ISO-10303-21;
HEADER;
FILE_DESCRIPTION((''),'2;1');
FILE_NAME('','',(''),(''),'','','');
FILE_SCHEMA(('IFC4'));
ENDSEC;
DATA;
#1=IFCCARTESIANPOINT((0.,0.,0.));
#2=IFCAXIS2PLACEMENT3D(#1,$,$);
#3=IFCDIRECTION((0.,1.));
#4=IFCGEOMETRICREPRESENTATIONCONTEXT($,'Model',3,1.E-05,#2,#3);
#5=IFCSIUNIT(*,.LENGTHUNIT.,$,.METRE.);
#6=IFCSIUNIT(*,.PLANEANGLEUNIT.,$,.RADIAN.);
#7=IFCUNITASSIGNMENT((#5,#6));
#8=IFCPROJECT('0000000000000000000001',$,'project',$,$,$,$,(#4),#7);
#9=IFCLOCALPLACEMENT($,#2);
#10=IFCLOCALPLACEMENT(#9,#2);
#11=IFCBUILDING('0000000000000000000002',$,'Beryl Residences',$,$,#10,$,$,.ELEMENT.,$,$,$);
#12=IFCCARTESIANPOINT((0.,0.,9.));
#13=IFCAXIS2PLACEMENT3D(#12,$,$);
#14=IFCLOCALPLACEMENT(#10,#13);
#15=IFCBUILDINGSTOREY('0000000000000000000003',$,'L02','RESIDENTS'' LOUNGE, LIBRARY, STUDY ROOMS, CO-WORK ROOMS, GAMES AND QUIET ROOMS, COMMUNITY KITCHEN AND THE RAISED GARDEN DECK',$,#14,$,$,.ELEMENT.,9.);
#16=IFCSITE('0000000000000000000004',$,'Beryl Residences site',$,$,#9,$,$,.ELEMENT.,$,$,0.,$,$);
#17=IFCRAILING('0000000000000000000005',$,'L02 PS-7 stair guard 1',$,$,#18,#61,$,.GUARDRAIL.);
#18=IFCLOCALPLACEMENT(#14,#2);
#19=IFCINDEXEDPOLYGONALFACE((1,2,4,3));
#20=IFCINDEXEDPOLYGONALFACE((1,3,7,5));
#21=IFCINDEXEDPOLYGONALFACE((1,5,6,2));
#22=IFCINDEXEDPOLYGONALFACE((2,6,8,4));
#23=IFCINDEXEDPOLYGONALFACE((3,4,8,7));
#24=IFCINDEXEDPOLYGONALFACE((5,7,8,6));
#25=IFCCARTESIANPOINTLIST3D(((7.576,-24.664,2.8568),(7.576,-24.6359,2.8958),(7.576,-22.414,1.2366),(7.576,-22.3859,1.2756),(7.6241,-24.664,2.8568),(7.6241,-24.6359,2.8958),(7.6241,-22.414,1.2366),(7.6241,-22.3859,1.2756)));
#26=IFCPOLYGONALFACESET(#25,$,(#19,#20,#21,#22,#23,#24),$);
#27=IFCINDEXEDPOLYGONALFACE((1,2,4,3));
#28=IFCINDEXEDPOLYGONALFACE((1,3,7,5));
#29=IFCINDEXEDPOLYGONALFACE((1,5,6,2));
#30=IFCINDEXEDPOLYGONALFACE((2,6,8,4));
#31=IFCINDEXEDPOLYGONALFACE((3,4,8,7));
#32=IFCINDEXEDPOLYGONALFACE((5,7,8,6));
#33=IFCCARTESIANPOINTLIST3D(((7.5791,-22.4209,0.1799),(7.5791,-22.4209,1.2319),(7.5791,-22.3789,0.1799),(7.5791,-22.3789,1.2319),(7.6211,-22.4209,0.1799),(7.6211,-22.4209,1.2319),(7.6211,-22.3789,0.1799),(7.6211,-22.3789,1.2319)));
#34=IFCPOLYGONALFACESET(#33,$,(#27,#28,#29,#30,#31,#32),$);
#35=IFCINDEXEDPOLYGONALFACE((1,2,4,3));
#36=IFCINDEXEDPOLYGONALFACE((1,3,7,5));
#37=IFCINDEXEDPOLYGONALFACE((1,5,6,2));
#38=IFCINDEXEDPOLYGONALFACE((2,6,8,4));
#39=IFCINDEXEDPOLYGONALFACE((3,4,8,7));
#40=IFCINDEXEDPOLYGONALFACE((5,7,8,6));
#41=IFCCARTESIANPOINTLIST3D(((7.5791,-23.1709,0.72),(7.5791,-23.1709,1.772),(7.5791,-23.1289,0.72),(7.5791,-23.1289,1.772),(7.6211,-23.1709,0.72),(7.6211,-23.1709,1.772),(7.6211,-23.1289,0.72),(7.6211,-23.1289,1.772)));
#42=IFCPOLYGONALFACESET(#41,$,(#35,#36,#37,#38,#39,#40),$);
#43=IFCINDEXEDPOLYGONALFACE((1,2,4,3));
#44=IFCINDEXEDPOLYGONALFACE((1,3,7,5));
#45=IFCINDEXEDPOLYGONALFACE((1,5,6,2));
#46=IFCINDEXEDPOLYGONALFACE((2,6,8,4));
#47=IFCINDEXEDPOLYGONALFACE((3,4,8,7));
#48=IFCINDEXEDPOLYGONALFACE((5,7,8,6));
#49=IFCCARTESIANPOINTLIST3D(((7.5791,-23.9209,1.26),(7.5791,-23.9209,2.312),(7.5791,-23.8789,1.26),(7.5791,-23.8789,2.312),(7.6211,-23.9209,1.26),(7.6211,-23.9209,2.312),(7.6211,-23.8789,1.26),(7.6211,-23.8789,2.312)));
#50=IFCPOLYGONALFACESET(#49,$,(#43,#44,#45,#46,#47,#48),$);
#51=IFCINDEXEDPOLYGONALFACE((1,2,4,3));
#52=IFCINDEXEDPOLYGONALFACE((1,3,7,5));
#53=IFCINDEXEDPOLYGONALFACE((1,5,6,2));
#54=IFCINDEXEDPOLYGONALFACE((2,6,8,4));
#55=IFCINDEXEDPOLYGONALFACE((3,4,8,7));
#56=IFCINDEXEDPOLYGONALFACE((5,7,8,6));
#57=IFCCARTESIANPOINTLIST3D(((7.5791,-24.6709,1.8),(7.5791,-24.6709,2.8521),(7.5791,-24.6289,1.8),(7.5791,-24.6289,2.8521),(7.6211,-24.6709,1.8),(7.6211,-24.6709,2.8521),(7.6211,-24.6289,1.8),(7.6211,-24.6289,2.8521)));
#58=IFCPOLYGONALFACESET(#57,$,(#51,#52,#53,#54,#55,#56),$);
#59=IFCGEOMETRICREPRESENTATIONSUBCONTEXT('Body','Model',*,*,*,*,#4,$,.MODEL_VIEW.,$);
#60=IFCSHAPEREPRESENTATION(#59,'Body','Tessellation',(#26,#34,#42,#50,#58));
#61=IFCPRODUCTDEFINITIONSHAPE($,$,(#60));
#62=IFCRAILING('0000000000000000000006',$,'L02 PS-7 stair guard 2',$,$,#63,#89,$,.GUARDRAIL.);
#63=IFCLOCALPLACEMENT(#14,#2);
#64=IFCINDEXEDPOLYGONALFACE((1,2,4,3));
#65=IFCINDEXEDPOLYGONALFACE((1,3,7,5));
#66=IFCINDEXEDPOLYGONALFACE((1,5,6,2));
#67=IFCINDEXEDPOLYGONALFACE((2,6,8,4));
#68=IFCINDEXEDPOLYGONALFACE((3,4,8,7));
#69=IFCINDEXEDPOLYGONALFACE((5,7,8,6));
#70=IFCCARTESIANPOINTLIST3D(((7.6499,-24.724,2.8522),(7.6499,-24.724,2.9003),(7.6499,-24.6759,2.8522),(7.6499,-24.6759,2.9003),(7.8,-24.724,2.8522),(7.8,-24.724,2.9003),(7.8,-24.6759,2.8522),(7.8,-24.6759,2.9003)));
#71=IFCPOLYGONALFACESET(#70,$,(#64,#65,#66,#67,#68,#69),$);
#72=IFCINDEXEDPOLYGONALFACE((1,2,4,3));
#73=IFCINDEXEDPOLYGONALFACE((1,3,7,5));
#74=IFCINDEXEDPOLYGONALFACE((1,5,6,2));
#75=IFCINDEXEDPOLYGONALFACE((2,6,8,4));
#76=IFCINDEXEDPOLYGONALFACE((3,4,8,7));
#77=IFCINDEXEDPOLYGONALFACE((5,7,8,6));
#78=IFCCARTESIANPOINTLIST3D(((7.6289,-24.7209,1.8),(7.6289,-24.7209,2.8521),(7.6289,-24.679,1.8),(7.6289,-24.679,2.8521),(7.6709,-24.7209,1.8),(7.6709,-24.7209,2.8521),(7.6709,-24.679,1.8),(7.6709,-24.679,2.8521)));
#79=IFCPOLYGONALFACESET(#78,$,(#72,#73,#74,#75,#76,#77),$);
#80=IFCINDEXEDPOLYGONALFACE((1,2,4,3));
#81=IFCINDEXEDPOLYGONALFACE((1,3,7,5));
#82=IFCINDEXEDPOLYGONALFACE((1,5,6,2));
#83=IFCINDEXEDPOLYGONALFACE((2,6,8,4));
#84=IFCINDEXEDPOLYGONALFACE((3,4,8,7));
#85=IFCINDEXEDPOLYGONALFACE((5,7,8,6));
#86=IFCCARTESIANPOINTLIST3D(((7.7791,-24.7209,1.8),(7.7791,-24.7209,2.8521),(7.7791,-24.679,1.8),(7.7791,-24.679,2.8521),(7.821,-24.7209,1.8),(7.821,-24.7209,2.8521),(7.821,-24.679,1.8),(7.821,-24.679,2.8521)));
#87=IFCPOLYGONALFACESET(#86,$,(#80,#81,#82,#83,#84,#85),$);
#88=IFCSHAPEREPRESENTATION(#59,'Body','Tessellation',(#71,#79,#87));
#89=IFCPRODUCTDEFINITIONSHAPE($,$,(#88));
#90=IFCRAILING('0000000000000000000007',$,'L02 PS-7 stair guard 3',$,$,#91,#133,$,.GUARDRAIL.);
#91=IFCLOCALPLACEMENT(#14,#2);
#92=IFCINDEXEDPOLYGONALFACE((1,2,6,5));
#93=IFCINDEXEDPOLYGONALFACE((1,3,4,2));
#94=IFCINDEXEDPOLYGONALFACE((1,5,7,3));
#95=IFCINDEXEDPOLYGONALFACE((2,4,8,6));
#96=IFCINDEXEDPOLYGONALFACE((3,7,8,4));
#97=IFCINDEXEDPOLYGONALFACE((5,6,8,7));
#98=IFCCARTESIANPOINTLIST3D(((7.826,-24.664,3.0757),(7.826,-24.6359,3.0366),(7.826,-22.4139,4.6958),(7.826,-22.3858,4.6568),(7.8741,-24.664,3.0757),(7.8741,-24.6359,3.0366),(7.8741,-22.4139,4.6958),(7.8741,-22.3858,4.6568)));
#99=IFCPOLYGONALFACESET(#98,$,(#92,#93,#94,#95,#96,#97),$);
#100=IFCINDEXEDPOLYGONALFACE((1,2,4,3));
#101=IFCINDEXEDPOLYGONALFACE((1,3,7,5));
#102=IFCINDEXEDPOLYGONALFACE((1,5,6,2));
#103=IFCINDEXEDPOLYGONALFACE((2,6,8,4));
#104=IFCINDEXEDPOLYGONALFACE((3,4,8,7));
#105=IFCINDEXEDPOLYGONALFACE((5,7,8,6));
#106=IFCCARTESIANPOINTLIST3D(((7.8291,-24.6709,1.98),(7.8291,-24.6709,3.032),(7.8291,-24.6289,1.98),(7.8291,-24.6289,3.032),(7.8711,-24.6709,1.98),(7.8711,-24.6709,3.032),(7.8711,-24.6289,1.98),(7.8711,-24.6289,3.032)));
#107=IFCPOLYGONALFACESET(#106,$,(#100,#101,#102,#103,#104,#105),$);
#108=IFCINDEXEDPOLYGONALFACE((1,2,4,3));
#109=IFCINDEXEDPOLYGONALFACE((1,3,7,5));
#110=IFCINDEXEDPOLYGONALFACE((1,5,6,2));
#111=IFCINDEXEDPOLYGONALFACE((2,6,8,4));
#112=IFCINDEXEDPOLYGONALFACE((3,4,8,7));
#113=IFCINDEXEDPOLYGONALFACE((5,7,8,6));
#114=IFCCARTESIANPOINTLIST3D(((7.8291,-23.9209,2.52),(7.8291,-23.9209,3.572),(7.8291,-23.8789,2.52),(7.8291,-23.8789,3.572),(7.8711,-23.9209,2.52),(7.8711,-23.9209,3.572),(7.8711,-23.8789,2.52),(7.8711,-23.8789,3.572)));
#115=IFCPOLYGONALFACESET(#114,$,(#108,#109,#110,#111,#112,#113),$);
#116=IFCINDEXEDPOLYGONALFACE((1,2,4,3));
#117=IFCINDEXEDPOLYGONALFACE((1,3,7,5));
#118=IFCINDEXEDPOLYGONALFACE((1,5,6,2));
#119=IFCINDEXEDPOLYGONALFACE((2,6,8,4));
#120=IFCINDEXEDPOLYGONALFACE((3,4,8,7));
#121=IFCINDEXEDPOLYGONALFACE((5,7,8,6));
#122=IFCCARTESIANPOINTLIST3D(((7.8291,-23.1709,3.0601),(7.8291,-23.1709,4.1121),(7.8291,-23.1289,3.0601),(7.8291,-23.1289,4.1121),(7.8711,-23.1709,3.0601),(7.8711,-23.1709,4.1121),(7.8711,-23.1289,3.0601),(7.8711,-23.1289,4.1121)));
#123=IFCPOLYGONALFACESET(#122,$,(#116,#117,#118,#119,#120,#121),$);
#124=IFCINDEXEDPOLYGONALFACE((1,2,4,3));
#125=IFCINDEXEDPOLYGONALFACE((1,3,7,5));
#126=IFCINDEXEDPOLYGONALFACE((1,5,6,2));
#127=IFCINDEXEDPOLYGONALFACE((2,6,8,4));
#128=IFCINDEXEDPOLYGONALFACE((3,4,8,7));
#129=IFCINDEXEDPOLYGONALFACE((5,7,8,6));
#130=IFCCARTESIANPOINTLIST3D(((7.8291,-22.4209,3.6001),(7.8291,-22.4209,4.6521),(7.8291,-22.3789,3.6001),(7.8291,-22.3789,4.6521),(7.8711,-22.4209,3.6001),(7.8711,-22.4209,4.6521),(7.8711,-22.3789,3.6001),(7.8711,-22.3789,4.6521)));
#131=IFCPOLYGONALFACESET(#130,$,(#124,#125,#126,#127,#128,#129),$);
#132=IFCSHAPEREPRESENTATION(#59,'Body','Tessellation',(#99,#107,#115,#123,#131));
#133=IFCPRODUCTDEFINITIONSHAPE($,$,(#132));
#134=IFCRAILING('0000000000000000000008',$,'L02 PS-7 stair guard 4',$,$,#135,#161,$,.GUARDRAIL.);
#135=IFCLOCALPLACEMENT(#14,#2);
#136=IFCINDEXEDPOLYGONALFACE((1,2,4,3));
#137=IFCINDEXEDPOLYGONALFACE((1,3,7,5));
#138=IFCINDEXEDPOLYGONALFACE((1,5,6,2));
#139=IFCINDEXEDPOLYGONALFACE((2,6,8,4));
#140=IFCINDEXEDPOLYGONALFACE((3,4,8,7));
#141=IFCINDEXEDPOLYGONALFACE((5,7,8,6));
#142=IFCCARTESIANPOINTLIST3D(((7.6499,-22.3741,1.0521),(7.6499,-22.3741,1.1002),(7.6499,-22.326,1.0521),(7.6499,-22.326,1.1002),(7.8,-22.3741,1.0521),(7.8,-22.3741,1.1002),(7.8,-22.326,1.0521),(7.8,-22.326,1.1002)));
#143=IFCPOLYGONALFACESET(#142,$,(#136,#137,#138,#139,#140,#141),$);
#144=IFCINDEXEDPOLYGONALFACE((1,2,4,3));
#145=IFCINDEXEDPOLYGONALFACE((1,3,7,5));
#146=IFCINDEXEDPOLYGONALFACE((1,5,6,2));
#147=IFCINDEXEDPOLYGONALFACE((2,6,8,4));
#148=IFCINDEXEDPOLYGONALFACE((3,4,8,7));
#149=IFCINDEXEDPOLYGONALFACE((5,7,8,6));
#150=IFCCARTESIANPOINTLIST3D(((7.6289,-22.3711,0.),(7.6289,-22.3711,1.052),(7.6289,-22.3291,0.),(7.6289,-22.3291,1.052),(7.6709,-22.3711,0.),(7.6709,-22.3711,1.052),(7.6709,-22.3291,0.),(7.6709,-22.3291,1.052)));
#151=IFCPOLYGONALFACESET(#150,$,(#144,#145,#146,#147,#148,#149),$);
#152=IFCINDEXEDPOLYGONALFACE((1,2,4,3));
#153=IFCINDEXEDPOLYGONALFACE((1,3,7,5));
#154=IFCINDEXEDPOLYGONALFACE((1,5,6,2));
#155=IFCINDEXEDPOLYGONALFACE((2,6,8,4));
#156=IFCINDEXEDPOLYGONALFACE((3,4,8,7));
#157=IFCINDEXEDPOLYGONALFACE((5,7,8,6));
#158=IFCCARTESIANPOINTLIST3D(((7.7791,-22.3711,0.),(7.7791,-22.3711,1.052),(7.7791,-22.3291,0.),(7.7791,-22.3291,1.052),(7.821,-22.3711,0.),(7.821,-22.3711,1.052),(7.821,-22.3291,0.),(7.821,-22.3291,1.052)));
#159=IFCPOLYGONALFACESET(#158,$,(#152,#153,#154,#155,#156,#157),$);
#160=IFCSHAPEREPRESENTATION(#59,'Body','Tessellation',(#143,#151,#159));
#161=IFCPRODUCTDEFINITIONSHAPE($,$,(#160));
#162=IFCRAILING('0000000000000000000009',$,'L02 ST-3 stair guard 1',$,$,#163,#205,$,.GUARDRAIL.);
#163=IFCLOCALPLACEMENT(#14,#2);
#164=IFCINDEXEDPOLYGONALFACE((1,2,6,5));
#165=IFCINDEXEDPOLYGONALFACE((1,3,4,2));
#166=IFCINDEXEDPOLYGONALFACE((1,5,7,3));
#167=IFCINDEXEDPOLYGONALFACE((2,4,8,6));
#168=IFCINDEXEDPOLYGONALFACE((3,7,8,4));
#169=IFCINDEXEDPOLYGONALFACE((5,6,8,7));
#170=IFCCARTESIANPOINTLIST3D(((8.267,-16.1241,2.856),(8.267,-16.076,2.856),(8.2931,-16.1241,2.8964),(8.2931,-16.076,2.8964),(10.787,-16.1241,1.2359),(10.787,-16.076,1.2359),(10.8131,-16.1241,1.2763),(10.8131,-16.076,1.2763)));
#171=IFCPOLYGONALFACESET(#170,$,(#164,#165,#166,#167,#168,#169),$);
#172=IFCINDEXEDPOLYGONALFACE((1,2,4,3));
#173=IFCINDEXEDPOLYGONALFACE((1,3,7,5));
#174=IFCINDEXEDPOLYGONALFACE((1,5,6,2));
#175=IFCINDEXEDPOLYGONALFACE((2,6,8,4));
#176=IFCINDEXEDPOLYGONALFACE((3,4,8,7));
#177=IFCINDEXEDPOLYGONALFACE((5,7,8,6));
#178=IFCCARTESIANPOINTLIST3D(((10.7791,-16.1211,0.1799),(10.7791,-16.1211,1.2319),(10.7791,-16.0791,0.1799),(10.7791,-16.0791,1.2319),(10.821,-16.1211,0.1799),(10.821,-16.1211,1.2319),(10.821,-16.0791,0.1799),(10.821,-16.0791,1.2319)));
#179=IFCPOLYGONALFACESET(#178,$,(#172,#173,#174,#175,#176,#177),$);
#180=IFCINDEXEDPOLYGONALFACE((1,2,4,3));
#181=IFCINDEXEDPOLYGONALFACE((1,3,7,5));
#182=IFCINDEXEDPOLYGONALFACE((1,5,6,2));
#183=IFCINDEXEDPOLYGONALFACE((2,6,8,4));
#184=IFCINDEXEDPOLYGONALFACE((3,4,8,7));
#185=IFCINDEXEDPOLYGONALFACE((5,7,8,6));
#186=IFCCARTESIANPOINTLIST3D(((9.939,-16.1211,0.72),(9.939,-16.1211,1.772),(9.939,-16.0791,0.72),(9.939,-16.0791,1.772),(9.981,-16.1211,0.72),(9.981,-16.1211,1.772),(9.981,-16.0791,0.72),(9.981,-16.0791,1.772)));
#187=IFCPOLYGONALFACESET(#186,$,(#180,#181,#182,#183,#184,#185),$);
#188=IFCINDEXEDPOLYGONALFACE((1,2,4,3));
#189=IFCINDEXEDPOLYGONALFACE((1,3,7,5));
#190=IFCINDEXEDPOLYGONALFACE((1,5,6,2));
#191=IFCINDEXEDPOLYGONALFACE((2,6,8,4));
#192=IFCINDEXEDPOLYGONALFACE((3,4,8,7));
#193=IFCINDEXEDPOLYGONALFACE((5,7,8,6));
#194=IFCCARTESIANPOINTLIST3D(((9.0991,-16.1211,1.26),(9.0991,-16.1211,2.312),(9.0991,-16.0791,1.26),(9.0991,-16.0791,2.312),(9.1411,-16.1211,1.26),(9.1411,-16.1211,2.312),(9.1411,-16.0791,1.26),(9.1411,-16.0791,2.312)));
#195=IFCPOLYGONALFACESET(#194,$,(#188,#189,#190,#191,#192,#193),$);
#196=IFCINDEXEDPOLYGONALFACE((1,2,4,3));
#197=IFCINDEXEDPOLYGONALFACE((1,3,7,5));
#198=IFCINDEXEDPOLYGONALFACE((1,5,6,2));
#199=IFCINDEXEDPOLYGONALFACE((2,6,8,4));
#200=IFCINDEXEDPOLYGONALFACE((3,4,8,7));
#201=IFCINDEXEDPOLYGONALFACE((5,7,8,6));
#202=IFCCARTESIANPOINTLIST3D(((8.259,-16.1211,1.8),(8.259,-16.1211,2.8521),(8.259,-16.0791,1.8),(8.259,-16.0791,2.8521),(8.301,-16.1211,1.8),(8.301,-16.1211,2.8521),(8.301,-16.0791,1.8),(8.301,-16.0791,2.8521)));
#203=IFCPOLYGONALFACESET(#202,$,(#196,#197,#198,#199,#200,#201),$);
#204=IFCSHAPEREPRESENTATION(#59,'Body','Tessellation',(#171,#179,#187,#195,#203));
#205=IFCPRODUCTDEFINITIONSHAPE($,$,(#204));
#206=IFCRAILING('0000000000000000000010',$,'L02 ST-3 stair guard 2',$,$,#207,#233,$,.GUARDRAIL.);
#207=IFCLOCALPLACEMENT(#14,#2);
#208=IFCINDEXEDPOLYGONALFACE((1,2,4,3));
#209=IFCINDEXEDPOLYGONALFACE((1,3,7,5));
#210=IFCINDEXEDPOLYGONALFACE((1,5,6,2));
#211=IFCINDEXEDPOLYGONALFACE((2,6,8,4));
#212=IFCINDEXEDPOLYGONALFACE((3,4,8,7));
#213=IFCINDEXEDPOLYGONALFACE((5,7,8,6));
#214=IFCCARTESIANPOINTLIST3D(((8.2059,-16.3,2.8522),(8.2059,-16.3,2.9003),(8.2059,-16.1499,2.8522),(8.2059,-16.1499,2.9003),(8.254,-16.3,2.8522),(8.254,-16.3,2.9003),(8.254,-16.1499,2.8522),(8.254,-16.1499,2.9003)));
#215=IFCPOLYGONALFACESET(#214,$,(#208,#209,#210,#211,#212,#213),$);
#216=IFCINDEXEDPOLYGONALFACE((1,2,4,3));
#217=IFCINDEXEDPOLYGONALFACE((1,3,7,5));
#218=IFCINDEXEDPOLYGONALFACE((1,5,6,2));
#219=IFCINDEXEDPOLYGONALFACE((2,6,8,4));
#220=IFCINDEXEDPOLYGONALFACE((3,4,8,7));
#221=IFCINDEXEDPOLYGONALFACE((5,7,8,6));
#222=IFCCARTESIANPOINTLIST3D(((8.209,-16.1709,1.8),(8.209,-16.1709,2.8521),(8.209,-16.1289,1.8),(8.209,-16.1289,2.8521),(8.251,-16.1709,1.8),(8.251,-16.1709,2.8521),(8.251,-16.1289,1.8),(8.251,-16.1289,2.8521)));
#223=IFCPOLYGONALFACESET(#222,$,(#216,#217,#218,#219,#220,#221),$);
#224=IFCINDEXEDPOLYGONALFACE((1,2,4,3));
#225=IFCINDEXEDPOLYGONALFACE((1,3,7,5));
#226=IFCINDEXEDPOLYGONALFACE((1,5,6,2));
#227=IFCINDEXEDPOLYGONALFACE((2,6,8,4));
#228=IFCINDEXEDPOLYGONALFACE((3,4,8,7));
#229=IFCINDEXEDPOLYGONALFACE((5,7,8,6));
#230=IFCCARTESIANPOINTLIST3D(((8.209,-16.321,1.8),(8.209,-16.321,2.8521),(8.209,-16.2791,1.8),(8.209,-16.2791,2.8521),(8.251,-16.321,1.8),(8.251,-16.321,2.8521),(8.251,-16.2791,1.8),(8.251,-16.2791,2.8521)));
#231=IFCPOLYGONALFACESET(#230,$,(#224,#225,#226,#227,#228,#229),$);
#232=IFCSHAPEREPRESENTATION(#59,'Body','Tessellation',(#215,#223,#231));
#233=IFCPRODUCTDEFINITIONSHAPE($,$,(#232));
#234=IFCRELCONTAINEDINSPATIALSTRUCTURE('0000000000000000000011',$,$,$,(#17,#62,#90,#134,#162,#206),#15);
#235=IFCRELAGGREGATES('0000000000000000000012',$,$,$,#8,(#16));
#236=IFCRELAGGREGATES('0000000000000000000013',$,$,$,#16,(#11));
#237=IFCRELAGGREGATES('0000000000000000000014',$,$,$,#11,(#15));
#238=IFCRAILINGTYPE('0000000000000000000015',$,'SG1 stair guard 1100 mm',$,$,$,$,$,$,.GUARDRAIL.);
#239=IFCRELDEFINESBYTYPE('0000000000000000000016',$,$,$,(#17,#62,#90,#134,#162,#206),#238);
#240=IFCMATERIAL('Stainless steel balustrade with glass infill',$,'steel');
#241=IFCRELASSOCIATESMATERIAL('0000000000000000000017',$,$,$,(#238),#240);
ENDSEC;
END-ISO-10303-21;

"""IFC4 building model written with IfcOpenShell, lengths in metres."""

from ifc_helpers import new_model, si_unit, direction, frame, origin, origin_2d, place, context, subcontext, project, spatial, rectangle, extrude, material, type_object, element, save


model = new_model("IFC4")

# Units and contexts
model_context = context("Model", 3, precision=1e-05, world=origin(), true_north=direction((0.0, 1.0)))
body_context = subcontext(model_context, "Body", "Model", "MODEL_VIEW")
ifc_project = project(units=[si_unit("LENGTHUNIT", "METRE"), si_unit("PLANEANGLEUNIT", "RADIAN")], contexts=[model_context])

# Site, building, storey
site_placement = place(None, origin())
site = spatial("IfcSite", under=ifc_project, at=site_placement, Name="Beryl Residences site", CompositionType="ELEMENT", RefElevation=0.0)
building_placement = place(site_placement, origin())
building = spatial("IfcBuilding", under=site, at=building_placement, Name="Beryl Residences", CompositionType="ELEMENT")
storey_placement = place(building_placement, frame((0.0, 0.0, 9.0)))
storey = spatial("IfcBuildingStorey", under=building, at=storey_placement, Name="L02", Description="RESIDENTS' LOUNGE, LIBRARY, STUDY ROOMS, CO-WORK ROOMS, GAMES AND QUIET ROOMS, COMMUNITY KITCHEN AND THE RAISED GARDEN DECK", CompositionType="ELEMENT", Elevation=9.0)

# Railings
ifc_material_1 = material(Name="Stainless steel balustrade with glass infill", Category="steel")
railing_type_1 = type_object("IfcRailingType", Name="SG1 stair guard 1100 mm", PredefinedType="GUARDRAIL", material=ifc_material_1)
railing_1_placement = place(storey_placement, frame((7.6001, -22.3999, 0.1799)))
element("IfcRailing", 1, at=railing_1_placement, inside=storey, type_object=railing_type_1, Name="L02 PS-7 stair guard 1", PredefinedType="GUARDRAIL", context=body_context, shape_type="SweptSolid", body=[
    extrude(rectangle(XDim=0.0481, YDim=0.0481, at=origin_2d()), frame((0.0, 0.0, 1.0762), z_axis=(0.0, -0.811514, 0.584333), x_axis=(1.0, 0.0, 0.0)), (0.0, 0.0, 1.0), 2.7727),
    extrude(rectangle(XDim=0.042, YDim=0.042, at=origin_2d()), origin(), (0.0, 0.0, 1.0), 1.052),
    extrude(rectangle(XDim=0.042, YDim=0.042, at=origin_2d()), frame((0.0, -0.75, 0.54)), (0.0, 0.0, 1.0), 1.052),
    extrude(rectangle(XDim=0.042, YDim=0.042, at=origin_2d()), frame((0.0, -1.5, 1.0801)), (0.0, 0.0, 1.0), 1.052),
    extrude(rectangle(XDim=0.042, YDim=0.042, at=origin_2d()), frame((0.0, -2.25, 1.6201)), (0.0, 0.0, 1.0), 1.052),
])
railing_2_placement = place(storey_placement, frame((7.6499, -24.7, 1.8)))
element("IfcRailing", 2, at=railing_2_placement, inside=storey, type_object=railing_type_1, Name="L02 PS-7 stair guard 2", PredefinedType="GUARDRAIL", context=body_context, shape_type="SweptSolid", body=[
    extrude(rectangle(XDim=0.0481, YDim=0.0481, at=origin_2d()), frame((0.0, 0.0, 1.0762), z_axis=(1.0, 0.0, 0.0), x_axis=(0.0, 1.0, 0.0)), (0.0, 0.0, 1.0), 0.1501),
    extrude(rectangle(XDim=0.042, YDim=0.042, at=origin_2d()), origin(), (0.0, 0.0, 1.0), 1.052),
    extrude(rectangle(XDim=0.042, YDim=0.042, at=origin_2d()), frame((0.1501, 0.0, 0.0)), (0.0, 0.0, 1.0), 1.052),
])
railing_3_placement = place(storey_placement, frame((7.8501, -24.6499, 1.98)))
element("IfcRailing", 3, at=railing_3_placement, inside=storey, type_object=railing_type_1, Name="L02 PS-7 stair guard 3", PredefinedType="GUARDRAIL", context=body_context, shape_type="SweptSolid", body=[
    extrude(rectangle(XDim=0.0481, YDim=0.0481, at=origin_2d()), frame((0.0, 0.0, 1.0762), z_axis=(0.0, 0.811514, 0.584333), x_axis=(-1.0, 0.0, 0.0)), (0.0, 0.0, 1.0), 2.7727),
    extrude(rectangle(XDim=0.042, YDim=0.042, at=origin_2d()), origin(), (0.0, 0.0, 1.0), 1.052),
    extrude(rectangle(XDim=0.042, YDim=0.042, at=origin_2d()), frame((0.0, 0.75, 0.54)), (0.0, 0.0, 1.0), 1.052),
    extrude(rectangle(XDim=0.042, YDim=0.042, at=origin_2d()), frame((0.0, 1.5, 1.0801)), (0.0, 0.0, 1.0), 1.052),
    extrude(rectangle(XDim=0.042, YDim=0.042, at=origin_2d()), frame((0.0, 2.25, 1.6201)), (0.0, 0.0, 1.0), 1.052),
])
railing_4_placement = place(storey_placement, frame((7.6499, -22.3501, 0.0)))
element("IfcRailing", 4, at=railing_4_placement, inside=storey, type_object=railing_type_1, Name="L02 PS-7 stair guard 4", PredefinedType="GUARDRAIL", context=body_context, shape_type="SweptSolid", body=[
    extrude(rectangle(XDim=0.0481, YDim=0.0481, at=origin_2d()), frame((0.0, 0.0, 1.0762), z_axis=(1.0, 0.0, 0.0), x_axis=(0.0, 1.0, 0.0)), (0.0, 0.0, 1.0), 0.1501),
    extrude(rectangle(XDim=0.042, YDim=0.042, at=origin_2d()), origin(), (0.0, 0.0, 1.0), 1.052),
    extrude(rectangle(XDim=0.042, YDim=0.042, at=origin_2d()), frame((0.1501, 0.0, 0.0)), (0.0, 0.0, 1.0), 1.052),
])
railing_5_placement = place(storey_placement, frame((10.8, -16.1001, 0.1799)))
element("IfcRailing", 5, at=railing_5_placement, inside=storey, type_object=railing_type_1, Name="L02 ST-3 stair guard 1", PredefinedType="GUARDRAIL", context=body_context, shape_type="SweptSolid", body=[
    extrude(rectangle(XDim=0.0481, YDim=0.0481, at=origin_2d()), frame((0.0, 0.0, 1.0762), z_axis=(-0.841163, 0.0, 0.540782), x_axis=(0.0, -1.0, 0.0)), (0.0, 0.0, 1.0), 2.9958),
    extrude(rectangle(XDim=0.042, YDim=0.042, at=origin_2d()), origin(), (0.0, 0.0, 1.0), 1.052),
    extrude(rectangle(XDim=0.042, YDim=0.042, at=origin_2d()), frame((-0.8401, 0.0, 0.54)), (0.0, 0.0, 1.0), 1.052),
    extrude(rectangle(XDim=0.042, YDim=0.042, at=origin_2d()), frame((-1.6799, 0.0, 1.0801)), (0.0, 0.0, 1.0), 1.052),
    extrude(rectangle(XDim=0.042, YDim=0.042, at=origin_2d()), frame((-2.52, 0.0, 1.6201)), (0.0, 0.0, 1.0), 1.052),
])
railing_6_placement = place(storey_placement, frame((8.23, -16.1499, 1.8)))
element("IfcRailing", 6, at=railing_6_placement, inside=storey, type_object=railing_type_1, Name="L02 ST-3 stair guard 2", PredefinedType="GUARDRAIL", context=body_context, shape_type="SweptSolid", body=[
    extrude(rectangle(XDim=0.0481, YDim=0.0481, at=origin_2d()), frame((0.0, 0.0, 1.0762), z_axis=(0.0, -1.0, 0.0), x_axis=(1.0, 0.0, 0.0)), (0.0, 0.0, 1.0), 0.1501),
    extrude(rectangle(XDim=0.042, YDim=0.042, at=origin_2d()), origin(), (0.0, 0.0, 1.0), 1.052),
    extrude(rectangle(XDim=0.042, YDim=0.042, at=origin_2d()), frame((0.0, -0.1501, 0.0)), (0.0, 0.0, 1.0), 1.052),
])

save(model, "model.ifc")
